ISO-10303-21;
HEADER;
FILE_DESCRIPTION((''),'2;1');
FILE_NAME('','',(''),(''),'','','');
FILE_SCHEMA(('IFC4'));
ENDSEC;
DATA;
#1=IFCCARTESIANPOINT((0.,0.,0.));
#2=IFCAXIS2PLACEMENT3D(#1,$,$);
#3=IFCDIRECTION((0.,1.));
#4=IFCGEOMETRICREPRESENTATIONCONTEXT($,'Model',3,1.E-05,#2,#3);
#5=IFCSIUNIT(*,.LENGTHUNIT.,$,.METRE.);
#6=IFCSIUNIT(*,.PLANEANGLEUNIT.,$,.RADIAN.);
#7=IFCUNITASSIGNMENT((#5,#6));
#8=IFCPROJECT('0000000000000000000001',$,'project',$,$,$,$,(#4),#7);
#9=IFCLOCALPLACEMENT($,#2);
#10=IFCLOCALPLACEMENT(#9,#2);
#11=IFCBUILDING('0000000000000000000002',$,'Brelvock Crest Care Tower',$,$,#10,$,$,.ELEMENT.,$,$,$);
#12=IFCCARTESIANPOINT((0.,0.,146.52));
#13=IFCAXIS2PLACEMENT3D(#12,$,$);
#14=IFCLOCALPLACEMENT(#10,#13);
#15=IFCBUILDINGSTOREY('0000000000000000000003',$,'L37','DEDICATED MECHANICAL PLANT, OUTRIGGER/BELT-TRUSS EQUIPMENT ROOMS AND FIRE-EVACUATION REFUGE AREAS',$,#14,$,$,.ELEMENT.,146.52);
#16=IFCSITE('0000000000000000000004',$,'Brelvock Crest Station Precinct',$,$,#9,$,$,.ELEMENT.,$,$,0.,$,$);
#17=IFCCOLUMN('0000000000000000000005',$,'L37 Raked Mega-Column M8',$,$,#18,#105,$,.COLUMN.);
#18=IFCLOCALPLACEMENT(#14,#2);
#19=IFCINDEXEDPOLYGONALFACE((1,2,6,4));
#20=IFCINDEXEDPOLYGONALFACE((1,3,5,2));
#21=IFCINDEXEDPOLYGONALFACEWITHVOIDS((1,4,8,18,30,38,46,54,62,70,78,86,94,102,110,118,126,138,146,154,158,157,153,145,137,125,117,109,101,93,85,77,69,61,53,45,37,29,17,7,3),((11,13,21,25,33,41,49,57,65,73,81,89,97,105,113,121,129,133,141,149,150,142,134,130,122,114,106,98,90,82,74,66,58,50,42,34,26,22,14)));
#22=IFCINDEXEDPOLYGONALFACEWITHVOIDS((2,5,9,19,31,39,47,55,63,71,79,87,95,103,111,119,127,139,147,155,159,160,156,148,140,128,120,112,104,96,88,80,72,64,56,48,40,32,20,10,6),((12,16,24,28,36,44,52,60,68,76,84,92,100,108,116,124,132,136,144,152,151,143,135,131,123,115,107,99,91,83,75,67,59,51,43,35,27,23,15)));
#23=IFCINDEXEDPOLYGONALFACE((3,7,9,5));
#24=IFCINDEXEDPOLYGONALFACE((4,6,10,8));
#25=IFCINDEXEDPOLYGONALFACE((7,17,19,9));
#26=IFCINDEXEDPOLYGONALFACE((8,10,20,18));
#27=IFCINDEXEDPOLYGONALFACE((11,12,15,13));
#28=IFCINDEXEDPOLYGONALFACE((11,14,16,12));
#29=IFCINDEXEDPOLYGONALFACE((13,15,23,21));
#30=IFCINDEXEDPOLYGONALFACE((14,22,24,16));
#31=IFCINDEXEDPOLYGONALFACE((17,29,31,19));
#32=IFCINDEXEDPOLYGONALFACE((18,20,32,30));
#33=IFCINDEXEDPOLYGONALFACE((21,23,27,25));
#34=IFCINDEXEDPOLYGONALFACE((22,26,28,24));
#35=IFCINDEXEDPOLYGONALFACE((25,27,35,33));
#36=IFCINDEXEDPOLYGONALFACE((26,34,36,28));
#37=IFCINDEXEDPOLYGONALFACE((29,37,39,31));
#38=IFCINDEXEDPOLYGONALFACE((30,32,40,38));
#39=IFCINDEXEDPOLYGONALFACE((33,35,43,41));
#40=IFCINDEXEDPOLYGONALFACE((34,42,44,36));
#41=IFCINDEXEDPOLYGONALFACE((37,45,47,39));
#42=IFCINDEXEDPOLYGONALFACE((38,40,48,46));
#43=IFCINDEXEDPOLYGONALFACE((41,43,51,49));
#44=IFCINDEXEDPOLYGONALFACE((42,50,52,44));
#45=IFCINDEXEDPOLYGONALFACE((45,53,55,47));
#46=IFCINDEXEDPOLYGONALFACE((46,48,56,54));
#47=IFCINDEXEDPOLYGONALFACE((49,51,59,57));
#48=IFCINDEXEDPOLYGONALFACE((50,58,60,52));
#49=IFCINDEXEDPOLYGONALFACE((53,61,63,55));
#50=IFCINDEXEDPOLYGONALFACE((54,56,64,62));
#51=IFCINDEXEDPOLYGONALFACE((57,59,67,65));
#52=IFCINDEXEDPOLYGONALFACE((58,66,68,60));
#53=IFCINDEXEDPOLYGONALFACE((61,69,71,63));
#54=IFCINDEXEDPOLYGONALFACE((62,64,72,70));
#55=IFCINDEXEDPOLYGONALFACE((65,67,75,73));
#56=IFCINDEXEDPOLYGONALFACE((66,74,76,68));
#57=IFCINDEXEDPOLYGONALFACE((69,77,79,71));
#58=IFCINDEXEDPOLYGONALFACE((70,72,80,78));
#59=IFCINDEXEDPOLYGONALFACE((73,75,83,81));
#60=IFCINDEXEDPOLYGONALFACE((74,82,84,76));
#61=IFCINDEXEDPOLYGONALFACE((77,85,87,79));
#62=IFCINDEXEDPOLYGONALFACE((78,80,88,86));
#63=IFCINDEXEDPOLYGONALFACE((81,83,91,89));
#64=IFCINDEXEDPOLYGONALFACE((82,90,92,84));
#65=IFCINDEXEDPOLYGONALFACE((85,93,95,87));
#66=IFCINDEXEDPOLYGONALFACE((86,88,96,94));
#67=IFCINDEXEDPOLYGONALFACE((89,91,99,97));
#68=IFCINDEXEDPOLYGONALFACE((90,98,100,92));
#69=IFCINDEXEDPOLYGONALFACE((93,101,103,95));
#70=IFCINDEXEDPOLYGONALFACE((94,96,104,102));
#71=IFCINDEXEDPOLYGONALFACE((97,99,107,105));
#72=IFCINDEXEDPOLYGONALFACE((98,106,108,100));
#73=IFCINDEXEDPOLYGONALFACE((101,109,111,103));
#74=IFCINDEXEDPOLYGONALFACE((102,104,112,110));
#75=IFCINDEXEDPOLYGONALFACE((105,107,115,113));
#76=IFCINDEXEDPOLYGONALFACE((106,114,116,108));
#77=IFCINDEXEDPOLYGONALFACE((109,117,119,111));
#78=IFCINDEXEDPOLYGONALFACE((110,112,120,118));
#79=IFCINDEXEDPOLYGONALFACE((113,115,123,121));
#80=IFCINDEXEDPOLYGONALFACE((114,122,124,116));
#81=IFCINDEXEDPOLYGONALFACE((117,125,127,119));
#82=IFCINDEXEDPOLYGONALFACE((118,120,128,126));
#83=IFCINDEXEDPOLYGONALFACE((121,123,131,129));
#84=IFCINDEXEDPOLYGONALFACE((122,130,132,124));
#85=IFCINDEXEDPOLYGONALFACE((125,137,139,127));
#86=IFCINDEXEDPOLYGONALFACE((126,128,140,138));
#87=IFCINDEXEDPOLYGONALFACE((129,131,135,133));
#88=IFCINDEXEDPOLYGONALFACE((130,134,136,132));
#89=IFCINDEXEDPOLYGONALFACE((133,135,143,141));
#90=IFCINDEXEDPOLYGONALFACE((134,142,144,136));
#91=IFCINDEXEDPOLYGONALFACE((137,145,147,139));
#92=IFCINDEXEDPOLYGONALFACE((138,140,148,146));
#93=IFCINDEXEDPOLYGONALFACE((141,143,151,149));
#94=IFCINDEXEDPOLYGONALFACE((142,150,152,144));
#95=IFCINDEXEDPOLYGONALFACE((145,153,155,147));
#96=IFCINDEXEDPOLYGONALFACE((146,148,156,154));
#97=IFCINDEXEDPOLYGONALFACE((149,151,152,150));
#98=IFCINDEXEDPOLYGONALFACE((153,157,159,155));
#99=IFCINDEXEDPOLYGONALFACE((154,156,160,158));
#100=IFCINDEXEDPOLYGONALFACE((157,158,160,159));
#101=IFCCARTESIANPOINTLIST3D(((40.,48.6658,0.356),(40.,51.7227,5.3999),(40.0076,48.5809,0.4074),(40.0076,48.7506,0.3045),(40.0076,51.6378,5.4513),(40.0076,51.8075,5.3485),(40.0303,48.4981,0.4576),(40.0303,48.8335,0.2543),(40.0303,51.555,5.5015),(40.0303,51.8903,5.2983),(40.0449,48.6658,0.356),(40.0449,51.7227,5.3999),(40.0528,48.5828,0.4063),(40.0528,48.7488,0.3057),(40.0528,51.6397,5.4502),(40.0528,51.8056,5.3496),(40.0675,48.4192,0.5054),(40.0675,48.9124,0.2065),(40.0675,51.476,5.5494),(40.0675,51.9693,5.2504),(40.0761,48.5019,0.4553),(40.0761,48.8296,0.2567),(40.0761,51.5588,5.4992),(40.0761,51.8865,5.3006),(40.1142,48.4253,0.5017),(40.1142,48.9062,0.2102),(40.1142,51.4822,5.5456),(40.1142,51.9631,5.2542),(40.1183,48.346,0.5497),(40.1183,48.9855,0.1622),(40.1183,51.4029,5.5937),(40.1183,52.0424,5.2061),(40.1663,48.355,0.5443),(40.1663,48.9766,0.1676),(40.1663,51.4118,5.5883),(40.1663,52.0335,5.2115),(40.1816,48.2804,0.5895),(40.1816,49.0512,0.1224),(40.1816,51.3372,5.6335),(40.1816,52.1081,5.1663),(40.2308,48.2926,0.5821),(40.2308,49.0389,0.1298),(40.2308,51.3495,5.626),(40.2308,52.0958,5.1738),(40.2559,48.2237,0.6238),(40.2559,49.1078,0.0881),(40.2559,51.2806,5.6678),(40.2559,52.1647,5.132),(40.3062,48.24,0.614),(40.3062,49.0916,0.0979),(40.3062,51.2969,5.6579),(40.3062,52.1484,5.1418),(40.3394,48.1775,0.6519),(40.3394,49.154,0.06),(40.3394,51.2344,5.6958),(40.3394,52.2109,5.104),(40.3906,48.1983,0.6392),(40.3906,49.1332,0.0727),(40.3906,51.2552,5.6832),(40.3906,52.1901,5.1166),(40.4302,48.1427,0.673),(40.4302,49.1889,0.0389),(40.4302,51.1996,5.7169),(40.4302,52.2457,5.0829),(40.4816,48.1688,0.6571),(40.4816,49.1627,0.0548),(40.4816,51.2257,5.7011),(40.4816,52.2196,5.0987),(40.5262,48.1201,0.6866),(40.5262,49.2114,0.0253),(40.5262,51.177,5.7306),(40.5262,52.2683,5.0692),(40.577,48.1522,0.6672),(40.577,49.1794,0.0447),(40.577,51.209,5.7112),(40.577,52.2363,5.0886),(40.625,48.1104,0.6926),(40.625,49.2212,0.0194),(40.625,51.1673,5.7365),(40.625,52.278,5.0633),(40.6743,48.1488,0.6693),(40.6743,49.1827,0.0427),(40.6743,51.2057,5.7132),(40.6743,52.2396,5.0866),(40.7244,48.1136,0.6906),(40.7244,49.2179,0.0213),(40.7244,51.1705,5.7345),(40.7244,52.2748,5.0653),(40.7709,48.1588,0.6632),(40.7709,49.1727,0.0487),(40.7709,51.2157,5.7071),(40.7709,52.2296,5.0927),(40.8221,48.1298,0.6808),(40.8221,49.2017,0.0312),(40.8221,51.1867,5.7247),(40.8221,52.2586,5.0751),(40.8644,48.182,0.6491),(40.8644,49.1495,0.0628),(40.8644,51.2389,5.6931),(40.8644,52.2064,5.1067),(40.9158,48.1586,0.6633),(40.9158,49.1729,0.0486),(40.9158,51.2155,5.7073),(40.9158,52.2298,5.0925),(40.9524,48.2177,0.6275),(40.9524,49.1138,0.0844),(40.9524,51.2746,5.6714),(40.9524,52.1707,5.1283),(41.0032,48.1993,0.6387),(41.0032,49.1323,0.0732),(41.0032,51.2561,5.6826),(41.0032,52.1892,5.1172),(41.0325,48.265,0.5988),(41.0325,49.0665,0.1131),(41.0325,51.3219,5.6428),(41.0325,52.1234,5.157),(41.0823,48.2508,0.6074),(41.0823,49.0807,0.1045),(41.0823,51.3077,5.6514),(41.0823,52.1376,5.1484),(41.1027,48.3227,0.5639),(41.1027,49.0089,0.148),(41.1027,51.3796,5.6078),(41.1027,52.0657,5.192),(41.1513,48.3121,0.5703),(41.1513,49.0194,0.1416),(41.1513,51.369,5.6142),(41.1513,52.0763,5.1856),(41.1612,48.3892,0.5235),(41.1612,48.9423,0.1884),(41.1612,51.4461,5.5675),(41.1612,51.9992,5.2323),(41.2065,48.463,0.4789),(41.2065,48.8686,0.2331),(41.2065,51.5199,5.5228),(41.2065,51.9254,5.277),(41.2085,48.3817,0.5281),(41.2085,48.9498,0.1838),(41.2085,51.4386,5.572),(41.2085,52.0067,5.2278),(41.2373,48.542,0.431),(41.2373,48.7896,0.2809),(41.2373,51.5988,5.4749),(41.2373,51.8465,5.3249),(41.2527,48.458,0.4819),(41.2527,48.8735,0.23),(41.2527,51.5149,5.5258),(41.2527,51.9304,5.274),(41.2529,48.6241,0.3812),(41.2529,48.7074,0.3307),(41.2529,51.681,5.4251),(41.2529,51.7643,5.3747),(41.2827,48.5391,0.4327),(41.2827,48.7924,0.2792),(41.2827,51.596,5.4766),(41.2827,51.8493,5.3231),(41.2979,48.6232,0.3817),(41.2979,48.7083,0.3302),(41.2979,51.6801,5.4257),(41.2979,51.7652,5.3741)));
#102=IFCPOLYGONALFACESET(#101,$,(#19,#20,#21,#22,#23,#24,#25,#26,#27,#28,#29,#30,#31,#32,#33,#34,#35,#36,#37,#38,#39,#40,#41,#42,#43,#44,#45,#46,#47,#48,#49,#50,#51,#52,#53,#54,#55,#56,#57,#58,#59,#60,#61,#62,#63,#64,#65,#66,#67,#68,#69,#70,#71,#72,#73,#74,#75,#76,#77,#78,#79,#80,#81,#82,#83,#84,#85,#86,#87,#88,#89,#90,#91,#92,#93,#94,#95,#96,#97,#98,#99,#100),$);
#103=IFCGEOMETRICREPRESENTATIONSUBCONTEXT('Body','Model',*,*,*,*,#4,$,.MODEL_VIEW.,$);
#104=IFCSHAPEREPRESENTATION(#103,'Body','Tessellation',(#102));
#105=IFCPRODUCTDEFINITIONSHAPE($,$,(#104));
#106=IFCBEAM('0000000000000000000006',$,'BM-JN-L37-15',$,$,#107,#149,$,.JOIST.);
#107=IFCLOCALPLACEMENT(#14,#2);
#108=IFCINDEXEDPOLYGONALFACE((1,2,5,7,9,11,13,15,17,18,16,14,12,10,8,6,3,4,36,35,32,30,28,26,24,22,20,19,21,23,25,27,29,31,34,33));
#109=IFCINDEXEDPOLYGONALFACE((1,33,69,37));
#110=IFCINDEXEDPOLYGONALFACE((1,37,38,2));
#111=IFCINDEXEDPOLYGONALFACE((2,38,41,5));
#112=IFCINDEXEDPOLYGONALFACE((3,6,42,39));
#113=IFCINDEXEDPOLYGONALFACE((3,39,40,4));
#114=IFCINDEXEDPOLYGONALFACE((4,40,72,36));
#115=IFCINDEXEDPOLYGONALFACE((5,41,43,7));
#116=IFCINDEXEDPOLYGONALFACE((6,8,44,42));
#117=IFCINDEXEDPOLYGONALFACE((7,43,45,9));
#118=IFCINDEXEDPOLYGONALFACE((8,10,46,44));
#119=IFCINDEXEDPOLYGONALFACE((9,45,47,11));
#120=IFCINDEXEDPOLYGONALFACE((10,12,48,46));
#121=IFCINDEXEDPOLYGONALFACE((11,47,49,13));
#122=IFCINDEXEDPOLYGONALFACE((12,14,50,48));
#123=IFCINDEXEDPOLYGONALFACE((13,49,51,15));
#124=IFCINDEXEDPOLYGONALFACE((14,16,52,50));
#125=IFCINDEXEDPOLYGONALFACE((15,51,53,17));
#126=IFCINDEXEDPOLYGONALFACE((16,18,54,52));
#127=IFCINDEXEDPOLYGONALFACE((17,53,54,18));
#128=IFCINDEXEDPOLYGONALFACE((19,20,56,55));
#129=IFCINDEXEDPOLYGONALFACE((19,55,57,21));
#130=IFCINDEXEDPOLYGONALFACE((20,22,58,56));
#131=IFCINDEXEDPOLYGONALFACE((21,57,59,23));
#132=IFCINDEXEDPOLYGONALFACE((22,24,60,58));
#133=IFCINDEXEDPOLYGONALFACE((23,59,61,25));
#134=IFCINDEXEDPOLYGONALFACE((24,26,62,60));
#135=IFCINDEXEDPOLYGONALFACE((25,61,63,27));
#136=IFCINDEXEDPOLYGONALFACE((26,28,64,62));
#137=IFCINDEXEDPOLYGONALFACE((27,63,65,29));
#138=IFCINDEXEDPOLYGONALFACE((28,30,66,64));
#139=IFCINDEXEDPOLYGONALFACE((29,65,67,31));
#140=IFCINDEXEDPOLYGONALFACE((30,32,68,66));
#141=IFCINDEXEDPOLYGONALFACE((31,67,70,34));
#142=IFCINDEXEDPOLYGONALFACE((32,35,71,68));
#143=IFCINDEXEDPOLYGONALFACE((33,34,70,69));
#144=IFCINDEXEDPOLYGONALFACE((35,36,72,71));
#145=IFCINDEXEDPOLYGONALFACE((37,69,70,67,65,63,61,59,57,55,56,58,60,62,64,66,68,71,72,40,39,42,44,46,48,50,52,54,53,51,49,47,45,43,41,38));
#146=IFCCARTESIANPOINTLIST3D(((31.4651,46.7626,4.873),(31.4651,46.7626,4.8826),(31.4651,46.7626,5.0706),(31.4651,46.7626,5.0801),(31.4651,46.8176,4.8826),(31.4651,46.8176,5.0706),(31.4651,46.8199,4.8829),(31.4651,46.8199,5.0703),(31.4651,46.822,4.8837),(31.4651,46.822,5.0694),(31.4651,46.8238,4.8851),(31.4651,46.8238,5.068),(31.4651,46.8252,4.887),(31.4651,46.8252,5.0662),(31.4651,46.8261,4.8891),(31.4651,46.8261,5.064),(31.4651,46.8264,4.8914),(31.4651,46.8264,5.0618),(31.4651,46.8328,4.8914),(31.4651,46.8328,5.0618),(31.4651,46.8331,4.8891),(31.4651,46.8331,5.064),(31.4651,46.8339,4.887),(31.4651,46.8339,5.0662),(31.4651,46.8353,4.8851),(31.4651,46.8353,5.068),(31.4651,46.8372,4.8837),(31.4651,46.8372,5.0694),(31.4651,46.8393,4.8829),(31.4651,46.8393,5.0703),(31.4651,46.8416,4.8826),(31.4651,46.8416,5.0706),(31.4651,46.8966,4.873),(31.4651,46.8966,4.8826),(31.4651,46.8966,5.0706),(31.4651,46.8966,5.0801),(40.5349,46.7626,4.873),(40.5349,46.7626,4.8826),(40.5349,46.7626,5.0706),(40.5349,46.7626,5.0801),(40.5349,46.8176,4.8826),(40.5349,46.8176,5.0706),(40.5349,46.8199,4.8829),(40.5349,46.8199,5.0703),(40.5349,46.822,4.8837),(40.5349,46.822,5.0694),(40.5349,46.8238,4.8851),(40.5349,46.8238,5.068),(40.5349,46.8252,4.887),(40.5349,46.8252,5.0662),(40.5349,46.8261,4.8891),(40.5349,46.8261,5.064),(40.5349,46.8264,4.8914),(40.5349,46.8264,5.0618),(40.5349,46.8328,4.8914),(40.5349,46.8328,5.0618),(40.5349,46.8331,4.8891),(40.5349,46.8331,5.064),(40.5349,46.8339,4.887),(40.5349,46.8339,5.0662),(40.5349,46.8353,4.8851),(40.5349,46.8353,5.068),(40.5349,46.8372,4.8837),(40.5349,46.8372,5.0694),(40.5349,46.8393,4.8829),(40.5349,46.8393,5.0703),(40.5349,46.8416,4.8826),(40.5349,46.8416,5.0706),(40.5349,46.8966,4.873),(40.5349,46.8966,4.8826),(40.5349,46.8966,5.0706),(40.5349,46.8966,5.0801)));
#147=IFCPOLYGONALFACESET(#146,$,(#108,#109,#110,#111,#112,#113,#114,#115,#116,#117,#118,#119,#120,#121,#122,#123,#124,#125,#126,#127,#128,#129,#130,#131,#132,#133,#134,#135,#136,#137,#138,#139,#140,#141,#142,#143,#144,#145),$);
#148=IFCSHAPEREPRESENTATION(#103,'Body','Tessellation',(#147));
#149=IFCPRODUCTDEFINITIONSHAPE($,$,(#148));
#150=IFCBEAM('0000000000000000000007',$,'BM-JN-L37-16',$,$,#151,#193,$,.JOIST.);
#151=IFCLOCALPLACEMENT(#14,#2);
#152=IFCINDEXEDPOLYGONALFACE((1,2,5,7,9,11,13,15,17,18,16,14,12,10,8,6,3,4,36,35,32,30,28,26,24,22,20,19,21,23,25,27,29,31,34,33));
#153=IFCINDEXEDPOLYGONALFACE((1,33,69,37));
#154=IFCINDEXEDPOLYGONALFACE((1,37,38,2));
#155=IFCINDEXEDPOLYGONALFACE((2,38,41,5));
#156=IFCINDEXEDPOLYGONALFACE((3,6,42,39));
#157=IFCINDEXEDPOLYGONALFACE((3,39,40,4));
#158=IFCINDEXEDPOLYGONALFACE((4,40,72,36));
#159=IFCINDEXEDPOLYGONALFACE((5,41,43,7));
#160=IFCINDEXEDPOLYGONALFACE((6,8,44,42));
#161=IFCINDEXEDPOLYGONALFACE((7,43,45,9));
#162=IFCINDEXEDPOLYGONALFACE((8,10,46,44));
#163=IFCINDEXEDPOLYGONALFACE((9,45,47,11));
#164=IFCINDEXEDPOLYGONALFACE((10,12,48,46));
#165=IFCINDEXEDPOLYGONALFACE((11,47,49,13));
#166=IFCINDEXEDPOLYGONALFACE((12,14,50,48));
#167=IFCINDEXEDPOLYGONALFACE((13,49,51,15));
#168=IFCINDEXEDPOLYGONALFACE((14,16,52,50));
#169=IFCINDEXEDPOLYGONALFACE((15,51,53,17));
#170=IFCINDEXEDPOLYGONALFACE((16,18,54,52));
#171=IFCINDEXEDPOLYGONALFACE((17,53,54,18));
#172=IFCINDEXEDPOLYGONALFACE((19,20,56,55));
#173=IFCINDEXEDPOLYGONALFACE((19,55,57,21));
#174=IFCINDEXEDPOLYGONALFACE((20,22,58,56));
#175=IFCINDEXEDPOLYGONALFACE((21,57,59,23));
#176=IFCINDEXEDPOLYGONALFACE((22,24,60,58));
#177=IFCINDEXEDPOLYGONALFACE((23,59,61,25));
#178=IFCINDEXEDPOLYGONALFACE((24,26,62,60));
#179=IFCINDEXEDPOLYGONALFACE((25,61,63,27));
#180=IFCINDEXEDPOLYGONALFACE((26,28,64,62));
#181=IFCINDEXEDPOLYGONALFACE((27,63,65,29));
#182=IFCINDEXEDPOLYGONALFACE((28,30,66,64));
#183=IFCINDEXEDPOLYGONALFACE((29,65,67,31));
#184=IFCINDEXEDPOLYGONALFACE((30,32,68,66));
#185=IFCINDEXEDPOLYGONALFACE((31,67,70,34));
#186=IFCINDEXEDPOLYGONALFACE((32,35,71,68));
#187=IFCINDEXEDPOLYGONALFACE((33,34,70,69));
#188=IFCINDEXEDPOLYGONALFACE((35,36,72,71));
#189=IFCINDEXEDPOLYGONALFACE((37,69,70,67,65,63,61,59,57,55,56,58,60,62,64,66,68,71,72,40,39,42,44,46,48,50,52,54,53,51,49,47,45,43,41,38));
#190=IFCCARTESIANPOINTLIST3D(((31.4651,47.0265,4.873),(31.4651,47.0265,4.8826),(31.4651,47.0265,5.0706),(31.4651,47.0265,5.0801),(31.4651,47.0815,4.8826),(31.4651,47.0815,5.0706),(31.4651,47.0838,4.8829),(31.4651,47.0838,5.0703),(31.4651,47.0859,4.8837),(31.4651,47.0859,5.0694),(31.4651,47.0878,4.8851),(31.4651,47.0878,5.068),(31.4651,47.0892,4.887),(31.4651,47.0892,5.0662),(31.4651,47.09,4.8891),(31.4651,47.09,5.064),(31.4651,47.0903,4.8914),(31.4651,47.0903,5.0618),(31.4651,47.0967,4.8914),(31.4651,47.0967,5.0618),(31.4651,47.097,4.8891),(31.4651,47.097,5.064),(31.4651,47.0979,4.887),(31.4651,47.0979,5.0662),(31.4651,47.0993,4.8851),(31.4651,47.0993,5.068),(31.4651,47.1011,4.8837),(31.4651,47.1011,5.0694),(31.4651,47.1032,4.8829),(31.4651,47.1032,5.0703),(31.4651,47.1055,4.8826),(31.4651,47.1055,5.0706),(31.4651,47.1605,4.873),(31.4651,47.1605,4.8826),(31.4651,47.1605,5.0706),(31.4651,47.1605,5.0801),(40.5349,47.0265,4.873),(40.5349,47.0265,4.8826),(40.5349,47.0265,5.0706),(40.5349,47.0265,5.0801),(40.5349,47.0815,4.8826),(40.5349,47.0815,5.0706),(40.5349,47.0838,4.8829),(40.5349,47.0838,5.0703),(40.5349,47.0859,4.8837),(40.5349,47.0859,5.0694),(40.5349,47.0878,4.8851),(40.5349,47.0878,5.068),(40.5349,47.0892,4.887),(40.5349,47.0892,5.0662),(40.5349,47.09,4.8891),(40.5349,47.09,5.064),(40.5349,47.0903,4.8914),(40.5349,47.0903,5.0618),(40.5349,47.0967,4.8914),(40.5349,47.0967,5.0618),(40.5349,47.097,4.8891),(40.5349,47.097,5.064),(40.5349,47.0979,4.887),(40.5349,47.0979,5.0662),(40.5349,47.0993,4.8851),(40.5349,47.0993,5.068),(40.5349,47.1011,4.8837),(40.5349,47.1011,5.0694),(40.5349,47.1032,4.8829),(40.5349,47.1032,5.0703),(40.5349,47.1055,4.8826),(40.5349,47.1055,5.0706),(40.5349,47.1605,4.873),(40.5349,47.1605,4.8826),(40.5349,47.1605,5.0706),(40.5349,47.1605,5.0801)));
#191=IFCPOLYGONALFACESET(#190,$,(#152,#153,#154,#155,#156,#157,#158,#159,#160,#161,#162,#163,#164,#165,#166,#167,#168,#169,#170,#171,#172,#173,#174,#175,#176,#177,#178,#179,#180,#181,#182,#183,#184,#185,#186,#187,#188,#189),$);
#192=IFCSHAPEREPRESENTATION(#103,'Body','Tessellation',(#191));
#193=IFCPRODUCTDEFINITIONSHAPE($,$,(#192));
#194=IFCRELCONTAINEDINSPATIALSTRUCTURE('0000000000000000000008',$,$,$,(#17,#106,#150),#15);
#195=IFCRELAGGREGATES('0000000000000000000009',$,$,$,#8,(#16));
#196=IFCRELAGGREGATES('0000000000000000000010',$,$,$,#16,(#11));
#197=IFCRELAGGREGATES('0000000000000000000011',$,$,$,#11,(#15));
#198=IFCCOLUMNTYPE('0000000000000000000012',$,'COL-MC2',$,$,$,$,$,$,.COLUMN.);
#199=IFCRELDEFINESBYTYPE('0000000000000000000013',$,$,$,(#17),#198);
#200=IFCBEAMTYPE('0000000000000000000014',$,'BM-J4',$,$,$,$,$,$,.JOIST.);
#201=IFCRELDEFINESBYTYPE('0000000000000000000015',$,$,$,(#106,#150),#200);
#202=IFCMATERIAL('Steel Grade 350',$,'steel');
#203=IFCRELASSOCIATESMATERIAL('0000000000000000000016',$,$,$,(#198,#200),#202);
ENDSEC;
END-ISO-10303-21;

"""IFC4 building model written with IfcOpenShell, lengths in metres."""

from ifc_helpers import new_model, si_unit, direction, frame, origin, origin_2d, place, context, subcontext, project, spatial, hollow_circle, i_section, extrude, source, transform, mapped, material, material_profile, profile_set, type_object, element, save


model = new_model("IFC4")

# Units and contexts
model_context = context("Model", 3, precision=1e-05, world=origin(), true_north=direction((0.0, 1.0)))
body_context = subcontext(model_context, "Body", "Model", "MODEL_VIEW")
ifc_project = project(units=[si_unit("LENGTHUNIT", "METRE"), si_unit("PLANEANGLEUNIT", "RADIAN")], contexts=[model_context])

# Site, building, storey
site_placement = place(None, origin())
site = spatial("IfcSite", under=ifc_project, at=site_placement, Name="Brelvock Crest Station Precinct", CompositionType="ELEMENT", RefElevation=0.0)
building_placement = place(site_placement, origin())
building = spatial("IfcBuilding", under=site, at=building_placement, Name="Brelvock Crest Care Tower", CompositionType="ELEMENT")
storey_placement = place(building_placement, frame((0.0, 0.0, 146.52)))
storey = spatial("IfcBuildingStorey", under=building, at=storey_placement, Name="L37", Description="DEDICATED MECHANICAL PLANT, OUTRIGGER/BELT-TRUSS EQUIPMENT ROOMS AND FIRE-EVACUATION REFUGE AREAS", CompositionType="ELEMENT", Elevation=146.52)

# Column
ifc_material_1 = material(Name="Steel Grade 350", Category="steel")
ifc_material_profile_1 = material_profile(ifc_material_1, hollow_circle(Radius=0.6499, WallThickness=0.0449, at=origin_2d()), Name="CFT1300x45")
ifc_profile_set_1 = profile_set([ifc_material_profile_1], Name="Steel Grade 350")
column_type = type_object("IfcColumnType", Name="COL-MC2", PredefinedType="COLUMN", material=ifc_profile_set_1)
shared_shape_1 = source(origin(), body_context, "Body", "SweptSolid", [
    extrude(hollow_circle(Radius=0.6499, WallThickness=0.0449, at=origin_2d()), origin(), (0.0, 0.0, 1.0), 5.8979),
])
column_placement = place(storey_placement, frame((40.6499, 48.6658, 0.356), z_axis=(0.0, 0.518295, 0.855202), x_axis=(-1.0, 0.0, 0.0)))
element("IfcColumn", 1, at=column_placement, inside=storey, type_object=column_type, Name="L37 Raked Mega-Column M8", PredefinedType="COLUMN", context=body_context, shape_type="MappedRepresentation", body=[
    mapped(shared_shape_1, transform((0.0, 0.0, 0.0), x_axis=(1.0, 0.0, 0.0), y_axis=(0.0, 1.0, 0.0), z_axis=(0.0, 0.0, 1.0), scale=1.0)),
])

# Beams
ifc_material_profile_2 = material_profile(ifc_material_1, i_section(OverallWidth=0.134, OverallDepth=0.207, WebThickness=0.0063, FlangeThickness=0.0095, FilletRadius=0.0088, at=origin_2d()), Name="200UB29.8")
ifc_profile_set_2 = profile_set([ifc_material_profile_2], Name="Steel Grade 350")
beam_type_1 = type_object("IfcBeamType", Name="BM-J4", PredefinedType="JOIST", material=ifc_profile_set_2)
shared_shape_2 = source(origin(), body_context, "Body", "SweptSolid", [
    extrude(i_section(OverallWidth=0.134, OverallDepth=0.207, WebThickness=0.0063, FlangeThickness=0.0095, FilletRadius=0.0088, at=origin_2d()), origin(), (0.0, 0.0, 1.0), 9.0698),
])
for number, where, z_axis, x_axis, name in (
    (2, (31.4651, 46.8296, 4.9766), (1.0, 0.0, 0.0), (0.0, 1.0, 0.0), "BM-JN-L37-15"),
    (3, (31.4651, 47.0935, 4.9766), (1.0, 0.0, 0.0), (0.0, 1.0, 0.0), "BM-JN-L37-16"),
):
    element("IfcBeam", number, at=place(storey_placement, frame(where, z_axis=z_axis, x_axis=x_axis)), inside=storey, type_object=beam_type_1, Name=name, PredefinedType="JOIST", context=body_context, shape_type="MappedRepresentation", body=[
        mapped(shared_shape_2, transform((0.0, 0.0, 0.0), x_axis=(1.0, 0.0, 0.0), y_axis=(0.0, 1.0, 0.0), z_axis=(0.0, 0.0, 1.0), scale=1.0)),
    ])

save(model, "model.ifc")
